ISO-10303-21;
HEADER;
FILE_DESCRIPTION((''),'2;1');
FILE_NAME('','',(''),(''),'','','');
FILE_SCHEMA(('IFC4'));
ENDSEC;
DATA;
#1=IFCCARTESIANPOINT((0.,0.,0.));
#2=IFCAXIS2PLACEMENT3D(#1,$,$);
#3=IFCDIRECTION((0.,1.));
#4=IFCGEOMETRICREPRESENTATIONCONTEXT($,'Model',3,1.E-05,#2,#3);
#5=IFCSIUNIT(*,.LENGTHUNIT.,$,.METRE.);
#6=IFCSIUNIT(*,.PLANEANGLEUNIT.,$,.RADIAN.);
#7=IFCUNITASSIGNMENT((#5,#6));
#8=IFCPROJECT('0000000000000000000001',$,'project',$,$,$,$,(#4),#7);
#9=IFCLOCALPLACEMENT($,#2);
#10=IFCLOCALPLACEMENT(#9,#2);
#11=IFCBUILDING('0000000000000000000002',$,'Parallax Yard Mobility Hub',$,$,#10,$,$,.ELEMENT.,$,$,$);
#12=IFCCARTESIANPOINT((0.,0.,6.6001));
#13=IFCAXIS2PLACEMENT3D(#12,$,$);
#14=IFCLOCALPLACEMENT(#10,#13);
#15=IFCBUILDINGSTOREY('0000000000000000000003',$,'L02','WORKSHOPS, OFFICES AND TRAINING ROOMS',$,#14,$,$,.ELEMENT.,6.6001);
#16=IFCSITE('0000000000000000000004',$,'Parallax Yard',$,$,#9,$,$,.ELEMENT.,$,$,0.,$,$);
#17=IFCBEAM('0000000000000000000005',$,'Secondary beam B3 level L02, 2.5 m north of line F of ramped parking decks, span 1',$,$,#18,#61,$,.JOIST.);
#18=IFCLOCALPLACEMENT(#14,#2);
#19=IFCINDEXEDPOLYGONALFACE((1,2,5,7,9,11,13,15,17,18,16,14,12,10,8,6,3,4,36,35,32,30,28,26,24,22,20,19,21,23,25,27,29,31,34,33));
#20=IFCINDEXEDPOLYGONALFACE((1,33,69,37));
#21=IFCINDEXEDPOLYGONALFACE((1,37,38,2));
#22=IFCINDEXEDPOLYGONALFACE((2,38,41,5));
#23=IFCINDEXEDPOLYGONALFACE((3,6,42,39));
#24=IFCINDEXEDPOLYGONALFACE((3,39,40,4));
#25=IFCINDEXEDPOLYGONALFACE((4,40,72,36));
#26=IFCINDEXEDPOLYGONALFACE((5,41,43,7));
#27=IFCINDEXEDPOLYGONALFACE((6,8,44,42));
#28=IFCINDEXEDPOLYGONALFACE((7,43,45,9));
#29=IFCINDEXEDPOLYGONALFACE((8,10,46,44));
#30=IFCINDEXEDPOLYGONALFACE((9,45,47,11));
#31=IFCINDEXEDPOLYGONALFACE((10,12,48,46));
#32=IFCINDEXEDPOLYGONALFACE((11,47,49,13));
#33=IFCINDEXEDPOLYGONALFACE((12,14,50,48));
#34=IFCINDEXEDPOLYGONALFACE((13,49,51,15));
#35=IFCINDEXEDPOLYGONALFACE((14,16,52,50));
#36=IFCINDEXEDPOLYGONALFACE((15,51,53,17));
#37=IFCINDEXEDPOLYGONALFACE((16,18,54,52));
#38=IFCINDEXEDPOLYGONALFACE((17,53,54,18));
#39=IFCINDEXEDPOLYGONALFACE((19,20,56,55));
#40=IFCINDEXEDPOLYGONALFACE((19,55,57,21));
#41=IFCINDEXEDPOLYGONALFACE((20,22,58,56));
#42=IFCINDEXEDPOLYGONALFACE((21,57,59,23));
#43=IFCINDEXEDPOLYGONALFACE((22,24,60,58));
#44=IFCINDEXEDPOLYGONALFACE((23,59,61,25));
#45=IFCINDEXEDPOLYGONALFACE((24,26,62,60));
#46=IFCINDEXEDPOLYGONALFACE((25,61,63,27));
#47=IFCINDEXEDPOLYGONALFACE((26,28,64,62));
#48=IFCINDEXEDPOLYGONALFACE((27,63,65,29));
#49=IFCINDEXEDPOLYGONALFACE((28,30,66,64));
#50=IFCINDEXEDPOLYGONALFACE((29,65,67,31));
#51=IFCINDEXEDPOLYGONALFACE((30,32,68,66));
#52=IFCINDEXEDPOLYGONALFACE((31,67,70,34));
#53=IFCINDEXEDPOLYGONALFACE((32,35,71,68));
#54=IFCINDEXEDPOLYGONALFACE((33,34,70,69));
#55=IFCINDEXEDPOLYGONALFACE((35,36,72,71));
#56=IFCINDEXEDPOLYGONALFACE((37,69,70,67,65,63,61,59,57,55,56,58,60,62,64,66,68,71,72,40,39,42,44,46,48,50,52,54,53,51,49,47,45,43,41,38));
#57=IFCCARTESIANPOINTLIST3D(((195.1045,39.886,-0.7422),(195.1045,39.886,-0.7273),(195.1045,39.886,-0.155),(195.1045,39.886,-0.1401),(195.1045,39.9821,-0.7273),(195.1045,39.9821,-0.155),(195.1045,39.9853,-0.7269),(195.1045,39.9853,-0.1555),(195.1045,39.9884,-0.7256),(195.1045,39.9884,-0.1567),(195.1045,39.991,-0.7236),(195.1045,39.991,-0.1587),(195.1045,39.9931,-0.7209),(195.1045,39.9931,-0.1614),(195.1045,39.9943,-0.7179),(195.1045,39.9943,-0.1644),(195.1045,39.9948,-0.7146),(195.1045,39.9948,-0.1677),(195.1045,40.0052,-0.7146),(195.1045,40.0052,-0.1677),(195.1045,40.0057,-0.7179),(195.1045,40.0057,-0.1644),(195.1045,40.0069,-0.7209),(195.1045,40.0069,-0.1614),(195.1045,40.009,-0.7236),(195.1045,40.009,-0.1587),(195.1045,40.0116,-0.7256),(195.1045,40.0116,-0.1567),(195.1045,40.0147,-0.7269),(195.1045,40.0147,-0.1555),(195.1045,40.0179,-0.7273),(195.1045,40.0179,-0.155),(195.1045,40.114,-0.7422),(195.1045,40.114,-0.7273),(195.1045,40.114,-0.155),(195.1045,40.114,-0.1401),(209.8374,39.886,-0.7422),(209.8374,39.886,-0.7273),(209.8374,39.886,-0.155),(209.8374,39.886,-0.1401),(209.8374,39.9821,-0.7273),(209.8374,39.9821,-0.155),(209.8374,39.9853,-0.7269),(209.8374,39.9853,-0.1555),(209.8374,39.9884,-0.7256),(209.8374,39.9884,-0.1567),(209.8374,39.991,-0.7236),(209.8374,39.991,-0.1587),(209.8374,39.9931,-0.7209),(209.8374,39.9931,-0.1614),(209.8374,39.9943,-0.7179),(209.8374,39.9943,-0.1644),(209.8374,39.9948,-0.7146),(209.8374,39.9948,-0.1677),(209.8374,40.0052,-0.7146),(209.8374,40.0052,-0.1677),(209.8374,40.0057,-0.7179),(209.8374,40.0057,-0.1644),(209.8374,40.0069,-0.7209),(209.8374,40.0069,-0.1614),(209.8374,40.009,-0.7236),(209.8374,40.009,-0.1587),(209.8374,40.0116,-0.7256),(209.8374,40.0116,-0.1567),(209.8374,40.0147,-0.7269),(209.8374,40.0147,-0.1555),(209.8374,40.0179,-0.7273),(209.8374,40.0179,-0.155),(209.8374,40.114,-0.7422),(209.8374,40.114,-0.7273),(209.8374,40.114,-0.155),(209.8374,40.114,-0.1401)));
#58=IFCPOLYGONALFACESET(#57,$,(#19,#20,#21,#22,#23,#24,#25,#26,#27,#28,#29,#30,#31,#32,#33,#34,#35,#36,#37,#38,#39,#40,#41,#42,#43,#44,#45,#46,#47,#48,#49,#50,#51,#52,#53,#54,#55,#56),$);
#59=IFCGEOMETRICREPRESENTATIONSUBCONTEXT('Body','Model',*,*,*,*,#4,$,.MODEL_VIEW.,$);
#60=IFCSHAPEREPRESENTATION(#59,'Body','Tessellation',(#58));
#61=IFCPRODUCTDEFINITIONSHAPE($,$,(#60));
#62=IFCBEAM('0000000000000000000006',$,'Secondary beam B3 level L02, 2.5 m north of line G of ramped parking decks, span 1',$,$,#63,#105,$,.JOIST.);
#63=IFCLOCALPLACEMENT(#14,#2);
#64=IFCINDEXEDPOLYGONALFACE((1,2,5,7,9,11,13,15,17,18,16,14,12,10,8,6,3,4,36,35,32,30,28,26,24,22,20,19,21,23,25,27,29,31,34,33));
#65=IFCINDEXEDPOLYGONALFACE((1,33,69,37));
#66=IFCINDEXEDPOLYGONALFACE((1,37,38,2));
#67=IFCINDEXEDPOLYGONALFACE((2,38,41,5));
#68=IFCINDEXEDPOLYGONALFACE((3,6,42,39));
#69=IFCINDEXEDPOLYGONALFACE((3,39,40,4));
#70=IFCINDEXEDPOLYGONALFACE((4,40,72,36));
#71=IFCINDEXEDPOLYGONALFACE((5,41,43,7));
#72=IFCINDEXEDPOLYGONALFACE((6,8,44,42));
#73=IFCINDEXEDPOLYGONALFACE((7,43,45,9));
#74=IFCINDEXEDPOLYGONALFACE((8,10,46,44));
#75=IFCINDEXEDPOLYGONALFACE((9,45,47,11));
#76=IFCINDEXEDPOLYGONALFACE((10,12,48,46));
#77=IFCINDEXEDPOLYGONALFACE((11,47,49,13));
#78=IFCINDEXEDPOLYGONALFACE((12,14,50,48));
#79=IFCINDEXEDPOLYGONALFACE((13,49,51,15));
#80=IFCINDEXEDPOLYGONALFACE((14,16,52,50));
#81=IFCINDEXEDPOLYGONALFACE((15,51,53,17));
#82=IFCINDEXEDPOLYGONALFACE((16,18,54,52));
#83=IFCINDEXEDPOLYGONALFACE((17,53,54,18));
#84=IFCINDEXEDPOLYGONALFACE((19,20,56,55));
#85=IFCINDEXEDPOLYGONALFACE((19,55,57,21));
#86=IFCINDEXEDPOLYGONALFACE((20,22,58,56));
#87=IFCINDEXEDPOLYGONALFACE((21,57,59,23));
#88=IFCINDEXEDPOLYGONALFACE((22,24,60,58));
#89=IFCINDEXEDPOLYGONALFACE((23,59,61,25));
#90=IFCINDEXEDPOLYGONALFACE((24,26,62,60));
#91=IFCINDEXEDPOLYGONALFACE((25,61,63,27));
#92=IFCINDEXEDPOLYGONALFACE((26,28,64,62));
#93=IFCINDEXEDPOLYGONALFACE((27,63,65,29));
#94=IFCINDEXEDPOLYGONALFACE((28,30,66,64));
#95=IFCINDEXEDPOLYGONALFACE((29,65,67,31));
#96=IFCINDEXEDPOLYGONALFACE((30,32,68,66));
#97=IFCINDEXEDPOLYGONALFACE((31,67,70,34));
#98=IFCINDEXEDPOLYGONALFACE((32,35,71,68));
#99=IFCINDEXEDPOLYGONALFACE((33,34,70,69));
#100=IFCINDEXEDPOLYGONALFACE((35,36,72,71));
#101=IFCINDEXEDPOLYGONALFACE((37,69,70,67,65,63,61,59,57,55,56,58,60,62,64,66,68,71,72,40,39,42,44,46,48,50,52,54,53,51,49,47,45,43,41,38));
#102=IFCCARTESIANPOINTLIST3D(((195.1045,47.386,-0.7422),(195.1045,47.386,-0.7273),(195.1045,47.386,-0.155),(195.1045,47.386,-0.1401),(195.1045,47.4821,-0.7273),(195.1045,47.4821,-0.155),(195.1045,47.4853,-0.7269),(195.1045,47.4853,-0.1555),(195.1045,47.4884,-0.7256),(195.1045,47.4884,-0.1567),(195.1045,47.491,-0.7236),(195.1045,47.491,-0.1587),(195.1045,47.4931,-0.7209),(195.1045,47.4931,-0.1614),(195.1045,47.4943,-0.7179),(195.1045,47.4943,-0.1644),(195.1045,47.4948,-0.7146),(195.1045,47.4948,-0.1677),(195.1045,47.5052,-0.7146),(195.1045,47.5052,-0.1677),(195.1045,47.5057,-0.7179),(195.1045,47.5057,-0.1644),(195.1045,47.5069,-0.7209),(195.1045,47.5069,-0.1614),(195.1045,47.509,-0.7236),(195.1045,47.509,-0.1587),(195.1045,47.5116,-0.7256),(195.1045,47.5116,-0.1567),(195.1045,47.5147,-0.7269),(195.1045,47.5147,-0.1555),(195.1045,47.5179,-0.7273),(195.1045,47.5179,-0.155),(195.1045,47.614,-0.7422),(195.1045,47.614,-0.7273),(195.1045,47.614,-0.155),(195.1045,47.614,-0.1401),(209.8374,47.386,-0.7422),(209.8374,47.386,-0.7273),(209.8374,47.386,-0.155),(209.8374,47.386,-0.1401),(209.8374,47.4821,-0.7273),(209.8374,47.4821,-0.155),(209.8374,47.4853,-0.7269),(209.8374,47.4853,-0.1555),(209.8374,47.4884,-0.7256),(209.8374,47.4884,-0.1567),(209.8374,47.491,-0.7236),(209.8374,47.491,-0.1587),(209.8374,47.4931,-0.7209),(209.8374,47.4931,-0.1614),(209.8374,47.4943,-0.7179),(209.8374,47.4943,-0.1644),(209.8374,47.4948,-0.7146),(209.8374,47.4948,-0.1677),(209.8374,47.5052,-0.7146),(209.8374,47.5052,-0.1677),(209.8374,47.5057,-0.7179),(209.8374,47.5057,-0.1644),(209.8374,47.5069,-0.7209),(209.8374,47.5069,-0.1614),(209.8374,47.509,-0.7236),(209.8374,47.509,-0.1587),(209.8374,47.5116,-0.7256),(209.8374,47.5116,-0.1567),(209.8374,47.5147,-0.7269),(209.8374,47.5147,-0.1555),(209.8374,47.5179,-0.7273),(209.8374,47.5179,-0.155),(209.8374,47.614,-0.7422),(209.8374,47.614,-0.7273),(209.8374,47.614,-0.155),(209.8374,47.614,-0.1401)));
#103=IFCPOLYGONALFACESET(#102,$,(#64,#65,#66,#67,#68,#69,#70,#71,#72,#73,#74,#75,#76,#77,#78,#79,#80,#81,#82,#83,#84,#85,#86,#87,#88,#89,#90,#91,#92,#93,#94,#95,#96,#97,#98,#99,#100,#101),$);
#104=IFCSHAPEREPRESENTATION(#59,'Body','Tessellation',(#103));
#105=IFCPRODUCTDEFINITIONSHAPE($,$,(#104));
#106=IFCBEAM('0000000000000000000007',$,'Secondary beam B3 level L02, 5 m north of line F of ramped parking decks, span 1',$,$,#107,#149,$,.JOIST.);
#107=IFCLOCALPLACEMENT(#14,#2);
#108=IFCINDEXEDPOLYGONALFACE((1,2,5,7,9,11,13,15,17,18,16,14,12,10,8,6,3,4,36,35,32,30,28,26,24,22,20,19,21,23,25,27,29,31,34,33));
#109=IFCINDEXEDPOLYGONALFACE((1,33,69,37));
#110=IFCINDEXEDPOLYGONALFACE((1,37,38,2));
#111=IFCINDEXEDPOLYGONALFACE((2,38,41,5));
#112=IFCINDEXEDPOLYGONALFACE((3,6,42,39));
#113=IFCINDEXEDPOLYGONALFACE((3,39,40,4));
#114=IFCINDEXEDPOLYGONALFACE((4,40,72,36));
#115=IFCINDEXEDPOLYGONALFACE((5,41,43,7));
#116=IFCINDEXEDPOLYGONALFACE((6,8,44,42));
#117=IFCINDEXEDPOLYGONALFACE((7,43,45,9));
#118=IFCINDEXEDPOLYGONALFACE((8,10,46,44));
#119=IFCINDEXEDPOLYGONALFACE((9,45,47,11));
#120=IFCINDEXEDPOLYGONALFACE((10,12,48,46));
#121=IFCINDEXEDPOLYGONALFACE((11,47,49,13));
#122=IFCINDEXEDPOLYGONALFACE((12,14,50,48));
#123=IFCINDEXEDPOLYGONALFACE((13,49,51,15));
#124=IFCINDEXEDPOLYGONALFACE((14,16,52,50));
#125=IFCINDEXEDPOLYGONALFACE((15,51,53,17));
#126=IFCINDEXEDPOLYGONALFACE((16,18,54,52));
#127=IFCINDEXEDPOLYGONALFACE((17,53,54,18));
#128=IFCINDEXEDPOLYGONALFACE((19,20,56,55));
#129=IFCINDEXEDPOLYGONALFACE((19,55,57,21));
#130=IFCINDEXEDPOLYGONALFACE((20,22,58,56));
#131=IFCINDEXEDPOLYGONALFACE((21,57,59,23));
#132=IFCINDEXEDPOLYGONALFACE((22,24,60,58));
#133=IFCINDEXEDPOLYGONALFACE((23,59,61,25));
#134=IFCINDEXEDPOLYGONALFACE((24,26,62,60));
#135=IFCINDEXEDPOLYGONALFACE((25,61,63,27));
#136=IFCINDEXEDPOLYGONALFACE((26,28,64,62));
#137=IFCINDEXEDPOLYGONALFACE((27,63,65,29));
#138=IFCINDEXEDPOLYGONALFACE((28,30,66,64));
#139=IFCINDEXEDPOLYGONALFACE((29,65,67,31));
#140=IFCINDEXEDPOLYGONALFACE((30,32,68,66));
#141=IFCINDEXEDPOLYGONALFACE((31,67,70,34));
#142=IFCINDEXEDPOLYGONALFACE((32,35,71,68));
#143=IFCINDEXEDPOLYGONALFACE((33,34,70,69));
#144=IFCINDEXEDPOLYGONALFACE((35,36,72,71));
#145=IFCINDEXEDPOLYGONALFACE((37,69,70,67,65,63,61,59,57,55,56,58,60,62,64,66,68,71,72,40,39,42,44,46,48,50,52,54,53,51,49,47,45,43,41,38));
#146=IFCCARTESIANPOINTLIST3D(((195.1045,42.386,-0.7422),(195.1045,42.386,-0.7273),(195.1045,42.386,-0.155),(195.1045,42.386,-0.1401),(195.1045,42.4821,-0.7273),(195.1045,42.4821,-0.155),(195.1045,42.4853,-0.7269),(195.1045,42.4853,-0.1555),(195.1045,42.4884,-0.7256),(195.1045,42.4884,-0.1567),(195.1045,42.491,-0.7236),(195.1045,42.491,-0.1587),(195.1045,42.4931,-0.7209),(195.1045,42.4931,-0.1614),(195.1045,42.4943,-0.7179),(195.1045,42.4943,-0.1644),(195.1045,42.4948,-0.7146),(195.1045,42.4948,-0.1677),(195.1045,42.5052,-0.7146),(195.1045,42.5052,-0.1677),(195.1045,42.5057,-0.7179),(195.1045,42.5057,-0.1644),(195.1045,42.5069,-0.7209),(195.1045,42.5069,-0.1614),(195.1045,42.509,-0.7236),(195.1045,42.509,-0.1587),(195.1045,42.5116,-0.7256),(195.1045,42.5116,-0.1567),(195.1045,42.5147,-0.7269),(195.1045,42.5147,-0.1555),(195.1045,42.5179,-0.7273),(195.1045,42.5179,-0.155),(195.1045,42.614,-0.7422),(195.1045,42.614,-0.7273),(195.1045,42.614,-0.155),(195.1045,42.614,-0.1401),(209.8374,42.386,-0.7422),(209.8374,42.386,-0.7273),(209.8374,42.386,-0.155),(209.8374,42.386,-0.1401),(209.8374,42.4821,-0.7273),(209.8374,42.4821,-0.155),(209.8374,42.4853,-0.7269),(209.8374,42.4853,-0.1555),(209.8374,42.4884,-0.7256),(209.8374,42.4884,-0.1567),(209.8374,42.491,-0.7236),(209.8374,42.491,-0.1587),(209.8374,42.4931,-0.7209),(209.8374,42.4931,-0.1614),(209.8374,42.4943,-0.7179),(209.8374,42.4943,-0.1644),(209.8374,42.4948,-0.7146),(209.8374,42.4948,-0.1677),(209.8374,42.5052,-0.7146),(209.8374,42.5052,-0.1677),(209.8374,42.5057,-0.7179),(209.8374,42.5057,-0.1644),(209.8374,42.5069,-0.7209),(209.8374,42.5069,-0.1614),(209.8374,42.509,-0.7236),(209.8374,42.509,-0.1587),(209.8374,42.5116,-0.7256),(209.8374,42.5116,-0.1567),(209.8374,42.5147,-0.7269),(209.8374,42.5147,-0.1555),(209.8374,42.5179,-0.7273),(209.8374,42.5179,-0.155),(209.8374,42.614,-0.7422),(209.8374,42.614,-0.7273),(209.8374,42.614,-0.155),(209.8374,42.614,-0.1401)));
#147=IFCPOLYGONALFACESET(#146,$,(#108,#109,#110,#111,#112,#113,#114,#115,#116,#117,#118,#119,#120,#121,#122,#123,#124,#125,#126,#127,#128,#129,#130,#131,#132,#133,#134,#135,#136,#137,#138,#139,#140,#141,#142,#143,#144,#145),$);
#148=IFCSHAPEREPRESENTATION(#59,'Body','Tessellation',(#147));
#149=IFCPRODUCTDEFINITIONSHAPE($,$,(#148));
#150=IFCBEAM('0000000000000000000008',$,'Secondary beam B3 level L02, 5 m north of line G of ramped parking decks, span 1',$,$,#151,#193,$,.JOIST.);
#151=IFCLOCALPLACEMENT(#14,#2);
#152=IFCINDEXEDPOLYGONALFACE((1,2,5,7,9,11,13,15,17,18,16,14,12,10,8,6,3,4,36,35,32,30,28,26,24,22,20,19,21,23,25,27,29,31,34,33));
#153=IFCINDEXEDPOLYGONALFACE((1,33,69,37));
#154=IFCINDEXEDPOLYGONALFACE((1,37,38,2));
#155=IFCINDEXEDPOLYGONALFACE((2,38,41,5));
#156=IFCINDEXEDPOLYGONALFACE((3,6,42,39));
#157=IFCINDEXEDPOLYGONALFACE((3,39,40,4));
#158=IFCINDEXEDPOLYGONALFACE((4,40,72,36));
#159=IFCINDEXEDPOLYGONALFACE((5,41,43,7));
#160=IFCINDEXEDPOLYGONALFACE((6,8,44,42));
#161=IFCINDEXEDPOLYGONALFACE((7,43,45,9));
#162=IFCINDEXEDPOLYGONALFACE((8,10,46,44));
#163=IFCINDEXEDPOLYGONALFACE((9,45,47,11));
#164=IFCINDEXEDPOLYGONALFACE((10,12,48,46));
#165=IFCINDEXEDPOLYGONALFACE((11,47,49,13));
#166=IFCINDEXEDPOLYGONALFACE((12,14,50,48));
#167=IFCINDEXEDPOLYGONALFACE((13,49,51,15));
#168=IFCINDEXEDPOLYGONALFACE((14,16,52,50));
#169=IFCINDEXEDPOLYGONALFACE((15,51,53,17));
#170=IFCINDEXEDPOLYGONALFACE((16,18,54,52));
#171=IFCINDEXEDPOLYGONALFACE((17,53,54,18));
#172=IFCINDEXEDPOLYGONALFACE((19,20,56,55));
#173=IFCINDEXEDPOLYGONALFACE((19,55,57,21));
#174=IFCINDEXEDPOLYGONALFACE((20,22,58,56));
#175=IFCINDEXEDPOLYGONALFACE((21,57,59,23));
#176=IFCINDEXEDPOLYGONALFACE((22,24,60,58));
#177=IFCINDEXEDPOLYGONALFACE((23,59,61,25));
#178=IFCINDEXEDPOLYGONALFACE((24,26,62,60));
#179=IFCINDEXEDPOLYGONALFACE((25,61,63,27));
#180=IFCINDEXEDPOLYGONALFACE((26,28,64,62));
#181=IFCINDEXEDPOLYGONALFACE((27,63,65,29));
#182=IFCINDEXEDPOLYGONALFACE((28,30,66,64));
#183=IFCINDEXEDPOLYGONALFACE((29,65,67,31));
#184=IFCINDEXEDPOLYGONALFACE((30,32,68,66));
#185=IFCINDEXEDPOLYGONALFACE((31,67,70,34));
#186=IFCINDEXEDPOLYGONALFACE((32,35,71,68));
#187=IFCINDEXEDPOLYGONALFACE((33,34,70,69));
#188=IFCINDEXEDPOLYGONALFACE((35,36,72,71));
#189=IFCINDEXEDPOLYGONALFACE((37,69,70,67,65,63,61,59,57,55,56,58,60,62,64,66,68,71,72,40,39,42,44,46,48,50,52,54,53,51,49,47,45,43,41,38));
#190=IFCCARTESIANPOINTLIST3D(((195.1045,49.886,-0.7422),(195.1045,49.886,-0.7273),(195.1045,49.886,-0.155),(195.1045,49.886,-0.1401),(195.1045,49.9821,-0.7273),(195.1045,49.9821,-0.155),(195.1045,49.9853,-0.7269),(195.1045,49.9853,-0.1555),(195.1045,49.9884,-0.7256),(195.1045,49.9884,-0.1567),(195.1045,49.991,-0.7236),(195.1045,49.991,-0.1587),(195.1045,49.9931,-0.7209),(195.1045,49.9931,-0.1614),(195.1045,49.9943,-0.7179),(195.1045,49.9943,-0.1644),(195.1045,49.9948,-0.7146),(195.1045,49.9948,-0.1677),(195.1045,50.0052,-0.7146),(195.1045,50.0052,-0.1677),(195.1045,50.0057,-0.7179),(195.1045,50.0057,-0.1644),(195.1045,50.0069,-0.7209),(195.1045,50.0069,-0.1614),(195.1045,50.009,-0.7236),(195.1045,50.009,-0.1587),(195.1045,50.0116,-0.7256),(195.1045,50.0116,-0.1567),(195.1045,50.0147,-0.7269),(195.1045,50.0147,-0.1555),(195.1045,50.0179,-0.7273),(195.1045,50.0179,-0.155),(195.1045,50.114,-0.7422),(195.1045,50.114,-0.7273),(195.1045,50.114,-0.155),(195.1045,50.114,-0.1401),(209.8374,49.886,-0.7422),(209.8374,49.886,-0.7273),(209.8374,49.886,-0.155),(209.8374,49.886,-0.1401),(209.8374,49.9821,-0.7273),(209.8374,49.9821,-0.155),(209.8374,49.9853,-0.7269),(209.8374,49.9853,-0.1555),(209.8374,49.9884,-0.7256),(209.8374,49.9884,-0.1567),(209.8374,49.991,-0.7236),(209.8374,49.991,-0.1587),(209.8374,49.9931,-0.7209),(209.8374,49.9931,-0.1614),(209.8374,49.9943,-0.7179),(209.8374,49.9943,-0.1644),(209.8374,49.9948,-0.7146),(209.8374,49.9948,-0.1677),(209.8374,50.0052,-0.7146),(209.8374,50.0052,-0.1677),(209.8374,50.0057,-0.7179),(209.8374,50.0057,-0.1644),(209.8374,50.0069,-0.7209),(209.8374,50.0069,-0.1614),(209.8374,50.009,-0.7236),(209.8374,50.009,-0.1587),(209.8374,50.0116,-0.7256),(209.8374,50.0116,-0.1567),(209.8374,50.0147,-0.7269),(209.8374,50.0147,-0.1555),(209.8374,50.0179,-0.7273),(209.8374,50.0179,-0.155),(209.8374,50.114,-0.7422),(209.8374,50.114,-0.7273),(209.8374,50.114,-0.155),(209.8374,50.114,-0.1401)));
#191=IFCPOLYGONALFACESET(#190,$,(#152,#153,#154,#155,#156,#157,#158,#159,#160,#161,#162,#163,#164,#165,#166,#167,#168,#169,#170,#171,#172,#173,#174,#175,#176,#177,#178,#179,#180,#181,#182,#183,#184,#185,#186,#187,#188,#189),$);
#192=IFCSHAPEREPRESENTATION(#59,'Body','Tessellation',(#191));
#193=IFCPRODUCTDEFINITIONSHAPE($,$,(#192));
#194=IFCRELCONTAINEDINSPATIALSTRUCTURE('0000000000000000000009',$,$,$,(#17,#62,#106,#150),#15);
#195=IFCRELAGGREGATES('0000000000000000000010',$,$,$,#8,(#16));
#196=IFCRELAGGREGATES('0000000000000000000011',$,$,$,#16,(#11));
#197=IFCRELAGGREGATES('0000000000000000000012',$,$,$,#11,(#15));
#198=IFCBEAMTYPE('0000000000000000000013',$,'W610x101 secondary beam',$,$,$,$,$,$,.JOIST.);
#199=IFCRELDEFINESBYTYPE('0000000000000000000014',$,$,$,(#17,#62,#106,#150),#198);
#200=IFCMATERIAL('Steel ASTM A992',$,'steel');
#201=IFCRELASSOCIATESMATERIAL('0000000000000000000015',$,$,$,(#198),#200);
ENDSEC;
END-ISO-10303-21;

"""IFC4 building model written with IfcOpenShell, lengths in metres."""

from ifc_helpers import new_model, si_unit, direction, frame, origin, origin_2d, place, context, subcontext, project, spatial, i_section, extrude, material, material_profile, profile_set, type_object, element, save


model = new_model("IFC4")

# Units and contexts
model_context = context("Model", 3, precision=1e-05, world=origin(), true_north=direction((0.0, 1.0)))
body_context = subcontext(model_context, "Body", "Model", "MODEL_VIEW")
ifc_project = project(units=[si_unit("LENGTHUNIT", "METRE"), si_unit("PLANEANGLEUNIT", "RADIAN")], contexts=[model_context])

# Site, building, storey
site_placement = place(None, origin())
site = spatial("IfcSite", under=ifc_project, at=site_placement, Name="Parallax Yard", CompositionType="ELEMENT", RefElevation=0.0)
building_placement = place(site_placement, origin())
building = spatial("IfcBuilding", under=site, at=building_placement, Name="Parallax Yard Mobility Hub", CompositionType="ELEMENT")
storey_placement = place(building_placement, frame((0.0, 0.0, 6.6001)))
storey = spatial("IfcBuildingStorey", under=building, at=storey_placement, Name="L02", Description="WORKSHOPS, OFFICES AND TRAINING ROOMS", CompositionType="ELEMENT", Elevation=6.6001)

# Shared definitions
ifc_material_1 = material(Name="Steel ASTM A992", Category="steel")

# Beams
ifc_material_profile_1 = material_profile(ifc_material_1, i_section(OverallWidth=0.228, OverallDepth=0.6021, WebThickness=0.0105, FlangeThickness=0.0149, FilletRadius=0.0127, at=origin_2d()), Name="W610x101")
ifc_profile_set_1 = profile_set([ifc_material_profile_1], Name="Steel ASTM A992")
beam_type_1 = type_object("IfcBeamType", Name="W610x101 secondary beam", PredefinedType="JOIST", material=ifc_profile_set_1)
for number, where, z_axis, x_axis, name in (
    (1, (195.1045, 40.0, -0.4412), (1.0, 0.0, 0.0), (0.0, 1.0, 0.0), "Secondary beam B3 level L02, 2.5 m north of line F of ramped parking decks, span 1"),
    (2, (195.1045, 47.5, -0.4412), (1.0, 0.0, 0.0), (0.0, 1.0, 0.0), "Secondary beam B3 level L02, 2.5 m north of line G of ramped parking decks, span 1"),
    (3, (195.1045, 42.5, -0.4412), (1.0, 0.0, 0.0), (0.0, 1.0, 0.0), "Secondary beam B3 level L02, 5 m north of line F of ramped parking decks, span 1"),
    (4, (195.1045, 50.0, -0.4412), (1.0, 0.0, 0.0), (0.0, 1.0, 0.0), "Secondary beam B3 level L02, 5 m north of line G of ramped parking decks, span 1"),
):
    element("IfcBeam", number, at=place(storey_placement, frame(where, z_axis=z_axis, x_axis=x_axis)), inside=storey, type_object=beam_type_1, Name=name, PredefinedType="JOIST", context=body_context, shape_type="SweptSolid", body=[
        extrude(i_section(OverallWidth=0.228, OverallDepth=0.6021, WebThickness=0.0105, FlangeThickness=0.0149, FilletRadius=0.0127, at=origin_2d()), origin(), (0.0, 0.0, 1.0), 14.7329),
    ])

save(model, "model.ifc")
